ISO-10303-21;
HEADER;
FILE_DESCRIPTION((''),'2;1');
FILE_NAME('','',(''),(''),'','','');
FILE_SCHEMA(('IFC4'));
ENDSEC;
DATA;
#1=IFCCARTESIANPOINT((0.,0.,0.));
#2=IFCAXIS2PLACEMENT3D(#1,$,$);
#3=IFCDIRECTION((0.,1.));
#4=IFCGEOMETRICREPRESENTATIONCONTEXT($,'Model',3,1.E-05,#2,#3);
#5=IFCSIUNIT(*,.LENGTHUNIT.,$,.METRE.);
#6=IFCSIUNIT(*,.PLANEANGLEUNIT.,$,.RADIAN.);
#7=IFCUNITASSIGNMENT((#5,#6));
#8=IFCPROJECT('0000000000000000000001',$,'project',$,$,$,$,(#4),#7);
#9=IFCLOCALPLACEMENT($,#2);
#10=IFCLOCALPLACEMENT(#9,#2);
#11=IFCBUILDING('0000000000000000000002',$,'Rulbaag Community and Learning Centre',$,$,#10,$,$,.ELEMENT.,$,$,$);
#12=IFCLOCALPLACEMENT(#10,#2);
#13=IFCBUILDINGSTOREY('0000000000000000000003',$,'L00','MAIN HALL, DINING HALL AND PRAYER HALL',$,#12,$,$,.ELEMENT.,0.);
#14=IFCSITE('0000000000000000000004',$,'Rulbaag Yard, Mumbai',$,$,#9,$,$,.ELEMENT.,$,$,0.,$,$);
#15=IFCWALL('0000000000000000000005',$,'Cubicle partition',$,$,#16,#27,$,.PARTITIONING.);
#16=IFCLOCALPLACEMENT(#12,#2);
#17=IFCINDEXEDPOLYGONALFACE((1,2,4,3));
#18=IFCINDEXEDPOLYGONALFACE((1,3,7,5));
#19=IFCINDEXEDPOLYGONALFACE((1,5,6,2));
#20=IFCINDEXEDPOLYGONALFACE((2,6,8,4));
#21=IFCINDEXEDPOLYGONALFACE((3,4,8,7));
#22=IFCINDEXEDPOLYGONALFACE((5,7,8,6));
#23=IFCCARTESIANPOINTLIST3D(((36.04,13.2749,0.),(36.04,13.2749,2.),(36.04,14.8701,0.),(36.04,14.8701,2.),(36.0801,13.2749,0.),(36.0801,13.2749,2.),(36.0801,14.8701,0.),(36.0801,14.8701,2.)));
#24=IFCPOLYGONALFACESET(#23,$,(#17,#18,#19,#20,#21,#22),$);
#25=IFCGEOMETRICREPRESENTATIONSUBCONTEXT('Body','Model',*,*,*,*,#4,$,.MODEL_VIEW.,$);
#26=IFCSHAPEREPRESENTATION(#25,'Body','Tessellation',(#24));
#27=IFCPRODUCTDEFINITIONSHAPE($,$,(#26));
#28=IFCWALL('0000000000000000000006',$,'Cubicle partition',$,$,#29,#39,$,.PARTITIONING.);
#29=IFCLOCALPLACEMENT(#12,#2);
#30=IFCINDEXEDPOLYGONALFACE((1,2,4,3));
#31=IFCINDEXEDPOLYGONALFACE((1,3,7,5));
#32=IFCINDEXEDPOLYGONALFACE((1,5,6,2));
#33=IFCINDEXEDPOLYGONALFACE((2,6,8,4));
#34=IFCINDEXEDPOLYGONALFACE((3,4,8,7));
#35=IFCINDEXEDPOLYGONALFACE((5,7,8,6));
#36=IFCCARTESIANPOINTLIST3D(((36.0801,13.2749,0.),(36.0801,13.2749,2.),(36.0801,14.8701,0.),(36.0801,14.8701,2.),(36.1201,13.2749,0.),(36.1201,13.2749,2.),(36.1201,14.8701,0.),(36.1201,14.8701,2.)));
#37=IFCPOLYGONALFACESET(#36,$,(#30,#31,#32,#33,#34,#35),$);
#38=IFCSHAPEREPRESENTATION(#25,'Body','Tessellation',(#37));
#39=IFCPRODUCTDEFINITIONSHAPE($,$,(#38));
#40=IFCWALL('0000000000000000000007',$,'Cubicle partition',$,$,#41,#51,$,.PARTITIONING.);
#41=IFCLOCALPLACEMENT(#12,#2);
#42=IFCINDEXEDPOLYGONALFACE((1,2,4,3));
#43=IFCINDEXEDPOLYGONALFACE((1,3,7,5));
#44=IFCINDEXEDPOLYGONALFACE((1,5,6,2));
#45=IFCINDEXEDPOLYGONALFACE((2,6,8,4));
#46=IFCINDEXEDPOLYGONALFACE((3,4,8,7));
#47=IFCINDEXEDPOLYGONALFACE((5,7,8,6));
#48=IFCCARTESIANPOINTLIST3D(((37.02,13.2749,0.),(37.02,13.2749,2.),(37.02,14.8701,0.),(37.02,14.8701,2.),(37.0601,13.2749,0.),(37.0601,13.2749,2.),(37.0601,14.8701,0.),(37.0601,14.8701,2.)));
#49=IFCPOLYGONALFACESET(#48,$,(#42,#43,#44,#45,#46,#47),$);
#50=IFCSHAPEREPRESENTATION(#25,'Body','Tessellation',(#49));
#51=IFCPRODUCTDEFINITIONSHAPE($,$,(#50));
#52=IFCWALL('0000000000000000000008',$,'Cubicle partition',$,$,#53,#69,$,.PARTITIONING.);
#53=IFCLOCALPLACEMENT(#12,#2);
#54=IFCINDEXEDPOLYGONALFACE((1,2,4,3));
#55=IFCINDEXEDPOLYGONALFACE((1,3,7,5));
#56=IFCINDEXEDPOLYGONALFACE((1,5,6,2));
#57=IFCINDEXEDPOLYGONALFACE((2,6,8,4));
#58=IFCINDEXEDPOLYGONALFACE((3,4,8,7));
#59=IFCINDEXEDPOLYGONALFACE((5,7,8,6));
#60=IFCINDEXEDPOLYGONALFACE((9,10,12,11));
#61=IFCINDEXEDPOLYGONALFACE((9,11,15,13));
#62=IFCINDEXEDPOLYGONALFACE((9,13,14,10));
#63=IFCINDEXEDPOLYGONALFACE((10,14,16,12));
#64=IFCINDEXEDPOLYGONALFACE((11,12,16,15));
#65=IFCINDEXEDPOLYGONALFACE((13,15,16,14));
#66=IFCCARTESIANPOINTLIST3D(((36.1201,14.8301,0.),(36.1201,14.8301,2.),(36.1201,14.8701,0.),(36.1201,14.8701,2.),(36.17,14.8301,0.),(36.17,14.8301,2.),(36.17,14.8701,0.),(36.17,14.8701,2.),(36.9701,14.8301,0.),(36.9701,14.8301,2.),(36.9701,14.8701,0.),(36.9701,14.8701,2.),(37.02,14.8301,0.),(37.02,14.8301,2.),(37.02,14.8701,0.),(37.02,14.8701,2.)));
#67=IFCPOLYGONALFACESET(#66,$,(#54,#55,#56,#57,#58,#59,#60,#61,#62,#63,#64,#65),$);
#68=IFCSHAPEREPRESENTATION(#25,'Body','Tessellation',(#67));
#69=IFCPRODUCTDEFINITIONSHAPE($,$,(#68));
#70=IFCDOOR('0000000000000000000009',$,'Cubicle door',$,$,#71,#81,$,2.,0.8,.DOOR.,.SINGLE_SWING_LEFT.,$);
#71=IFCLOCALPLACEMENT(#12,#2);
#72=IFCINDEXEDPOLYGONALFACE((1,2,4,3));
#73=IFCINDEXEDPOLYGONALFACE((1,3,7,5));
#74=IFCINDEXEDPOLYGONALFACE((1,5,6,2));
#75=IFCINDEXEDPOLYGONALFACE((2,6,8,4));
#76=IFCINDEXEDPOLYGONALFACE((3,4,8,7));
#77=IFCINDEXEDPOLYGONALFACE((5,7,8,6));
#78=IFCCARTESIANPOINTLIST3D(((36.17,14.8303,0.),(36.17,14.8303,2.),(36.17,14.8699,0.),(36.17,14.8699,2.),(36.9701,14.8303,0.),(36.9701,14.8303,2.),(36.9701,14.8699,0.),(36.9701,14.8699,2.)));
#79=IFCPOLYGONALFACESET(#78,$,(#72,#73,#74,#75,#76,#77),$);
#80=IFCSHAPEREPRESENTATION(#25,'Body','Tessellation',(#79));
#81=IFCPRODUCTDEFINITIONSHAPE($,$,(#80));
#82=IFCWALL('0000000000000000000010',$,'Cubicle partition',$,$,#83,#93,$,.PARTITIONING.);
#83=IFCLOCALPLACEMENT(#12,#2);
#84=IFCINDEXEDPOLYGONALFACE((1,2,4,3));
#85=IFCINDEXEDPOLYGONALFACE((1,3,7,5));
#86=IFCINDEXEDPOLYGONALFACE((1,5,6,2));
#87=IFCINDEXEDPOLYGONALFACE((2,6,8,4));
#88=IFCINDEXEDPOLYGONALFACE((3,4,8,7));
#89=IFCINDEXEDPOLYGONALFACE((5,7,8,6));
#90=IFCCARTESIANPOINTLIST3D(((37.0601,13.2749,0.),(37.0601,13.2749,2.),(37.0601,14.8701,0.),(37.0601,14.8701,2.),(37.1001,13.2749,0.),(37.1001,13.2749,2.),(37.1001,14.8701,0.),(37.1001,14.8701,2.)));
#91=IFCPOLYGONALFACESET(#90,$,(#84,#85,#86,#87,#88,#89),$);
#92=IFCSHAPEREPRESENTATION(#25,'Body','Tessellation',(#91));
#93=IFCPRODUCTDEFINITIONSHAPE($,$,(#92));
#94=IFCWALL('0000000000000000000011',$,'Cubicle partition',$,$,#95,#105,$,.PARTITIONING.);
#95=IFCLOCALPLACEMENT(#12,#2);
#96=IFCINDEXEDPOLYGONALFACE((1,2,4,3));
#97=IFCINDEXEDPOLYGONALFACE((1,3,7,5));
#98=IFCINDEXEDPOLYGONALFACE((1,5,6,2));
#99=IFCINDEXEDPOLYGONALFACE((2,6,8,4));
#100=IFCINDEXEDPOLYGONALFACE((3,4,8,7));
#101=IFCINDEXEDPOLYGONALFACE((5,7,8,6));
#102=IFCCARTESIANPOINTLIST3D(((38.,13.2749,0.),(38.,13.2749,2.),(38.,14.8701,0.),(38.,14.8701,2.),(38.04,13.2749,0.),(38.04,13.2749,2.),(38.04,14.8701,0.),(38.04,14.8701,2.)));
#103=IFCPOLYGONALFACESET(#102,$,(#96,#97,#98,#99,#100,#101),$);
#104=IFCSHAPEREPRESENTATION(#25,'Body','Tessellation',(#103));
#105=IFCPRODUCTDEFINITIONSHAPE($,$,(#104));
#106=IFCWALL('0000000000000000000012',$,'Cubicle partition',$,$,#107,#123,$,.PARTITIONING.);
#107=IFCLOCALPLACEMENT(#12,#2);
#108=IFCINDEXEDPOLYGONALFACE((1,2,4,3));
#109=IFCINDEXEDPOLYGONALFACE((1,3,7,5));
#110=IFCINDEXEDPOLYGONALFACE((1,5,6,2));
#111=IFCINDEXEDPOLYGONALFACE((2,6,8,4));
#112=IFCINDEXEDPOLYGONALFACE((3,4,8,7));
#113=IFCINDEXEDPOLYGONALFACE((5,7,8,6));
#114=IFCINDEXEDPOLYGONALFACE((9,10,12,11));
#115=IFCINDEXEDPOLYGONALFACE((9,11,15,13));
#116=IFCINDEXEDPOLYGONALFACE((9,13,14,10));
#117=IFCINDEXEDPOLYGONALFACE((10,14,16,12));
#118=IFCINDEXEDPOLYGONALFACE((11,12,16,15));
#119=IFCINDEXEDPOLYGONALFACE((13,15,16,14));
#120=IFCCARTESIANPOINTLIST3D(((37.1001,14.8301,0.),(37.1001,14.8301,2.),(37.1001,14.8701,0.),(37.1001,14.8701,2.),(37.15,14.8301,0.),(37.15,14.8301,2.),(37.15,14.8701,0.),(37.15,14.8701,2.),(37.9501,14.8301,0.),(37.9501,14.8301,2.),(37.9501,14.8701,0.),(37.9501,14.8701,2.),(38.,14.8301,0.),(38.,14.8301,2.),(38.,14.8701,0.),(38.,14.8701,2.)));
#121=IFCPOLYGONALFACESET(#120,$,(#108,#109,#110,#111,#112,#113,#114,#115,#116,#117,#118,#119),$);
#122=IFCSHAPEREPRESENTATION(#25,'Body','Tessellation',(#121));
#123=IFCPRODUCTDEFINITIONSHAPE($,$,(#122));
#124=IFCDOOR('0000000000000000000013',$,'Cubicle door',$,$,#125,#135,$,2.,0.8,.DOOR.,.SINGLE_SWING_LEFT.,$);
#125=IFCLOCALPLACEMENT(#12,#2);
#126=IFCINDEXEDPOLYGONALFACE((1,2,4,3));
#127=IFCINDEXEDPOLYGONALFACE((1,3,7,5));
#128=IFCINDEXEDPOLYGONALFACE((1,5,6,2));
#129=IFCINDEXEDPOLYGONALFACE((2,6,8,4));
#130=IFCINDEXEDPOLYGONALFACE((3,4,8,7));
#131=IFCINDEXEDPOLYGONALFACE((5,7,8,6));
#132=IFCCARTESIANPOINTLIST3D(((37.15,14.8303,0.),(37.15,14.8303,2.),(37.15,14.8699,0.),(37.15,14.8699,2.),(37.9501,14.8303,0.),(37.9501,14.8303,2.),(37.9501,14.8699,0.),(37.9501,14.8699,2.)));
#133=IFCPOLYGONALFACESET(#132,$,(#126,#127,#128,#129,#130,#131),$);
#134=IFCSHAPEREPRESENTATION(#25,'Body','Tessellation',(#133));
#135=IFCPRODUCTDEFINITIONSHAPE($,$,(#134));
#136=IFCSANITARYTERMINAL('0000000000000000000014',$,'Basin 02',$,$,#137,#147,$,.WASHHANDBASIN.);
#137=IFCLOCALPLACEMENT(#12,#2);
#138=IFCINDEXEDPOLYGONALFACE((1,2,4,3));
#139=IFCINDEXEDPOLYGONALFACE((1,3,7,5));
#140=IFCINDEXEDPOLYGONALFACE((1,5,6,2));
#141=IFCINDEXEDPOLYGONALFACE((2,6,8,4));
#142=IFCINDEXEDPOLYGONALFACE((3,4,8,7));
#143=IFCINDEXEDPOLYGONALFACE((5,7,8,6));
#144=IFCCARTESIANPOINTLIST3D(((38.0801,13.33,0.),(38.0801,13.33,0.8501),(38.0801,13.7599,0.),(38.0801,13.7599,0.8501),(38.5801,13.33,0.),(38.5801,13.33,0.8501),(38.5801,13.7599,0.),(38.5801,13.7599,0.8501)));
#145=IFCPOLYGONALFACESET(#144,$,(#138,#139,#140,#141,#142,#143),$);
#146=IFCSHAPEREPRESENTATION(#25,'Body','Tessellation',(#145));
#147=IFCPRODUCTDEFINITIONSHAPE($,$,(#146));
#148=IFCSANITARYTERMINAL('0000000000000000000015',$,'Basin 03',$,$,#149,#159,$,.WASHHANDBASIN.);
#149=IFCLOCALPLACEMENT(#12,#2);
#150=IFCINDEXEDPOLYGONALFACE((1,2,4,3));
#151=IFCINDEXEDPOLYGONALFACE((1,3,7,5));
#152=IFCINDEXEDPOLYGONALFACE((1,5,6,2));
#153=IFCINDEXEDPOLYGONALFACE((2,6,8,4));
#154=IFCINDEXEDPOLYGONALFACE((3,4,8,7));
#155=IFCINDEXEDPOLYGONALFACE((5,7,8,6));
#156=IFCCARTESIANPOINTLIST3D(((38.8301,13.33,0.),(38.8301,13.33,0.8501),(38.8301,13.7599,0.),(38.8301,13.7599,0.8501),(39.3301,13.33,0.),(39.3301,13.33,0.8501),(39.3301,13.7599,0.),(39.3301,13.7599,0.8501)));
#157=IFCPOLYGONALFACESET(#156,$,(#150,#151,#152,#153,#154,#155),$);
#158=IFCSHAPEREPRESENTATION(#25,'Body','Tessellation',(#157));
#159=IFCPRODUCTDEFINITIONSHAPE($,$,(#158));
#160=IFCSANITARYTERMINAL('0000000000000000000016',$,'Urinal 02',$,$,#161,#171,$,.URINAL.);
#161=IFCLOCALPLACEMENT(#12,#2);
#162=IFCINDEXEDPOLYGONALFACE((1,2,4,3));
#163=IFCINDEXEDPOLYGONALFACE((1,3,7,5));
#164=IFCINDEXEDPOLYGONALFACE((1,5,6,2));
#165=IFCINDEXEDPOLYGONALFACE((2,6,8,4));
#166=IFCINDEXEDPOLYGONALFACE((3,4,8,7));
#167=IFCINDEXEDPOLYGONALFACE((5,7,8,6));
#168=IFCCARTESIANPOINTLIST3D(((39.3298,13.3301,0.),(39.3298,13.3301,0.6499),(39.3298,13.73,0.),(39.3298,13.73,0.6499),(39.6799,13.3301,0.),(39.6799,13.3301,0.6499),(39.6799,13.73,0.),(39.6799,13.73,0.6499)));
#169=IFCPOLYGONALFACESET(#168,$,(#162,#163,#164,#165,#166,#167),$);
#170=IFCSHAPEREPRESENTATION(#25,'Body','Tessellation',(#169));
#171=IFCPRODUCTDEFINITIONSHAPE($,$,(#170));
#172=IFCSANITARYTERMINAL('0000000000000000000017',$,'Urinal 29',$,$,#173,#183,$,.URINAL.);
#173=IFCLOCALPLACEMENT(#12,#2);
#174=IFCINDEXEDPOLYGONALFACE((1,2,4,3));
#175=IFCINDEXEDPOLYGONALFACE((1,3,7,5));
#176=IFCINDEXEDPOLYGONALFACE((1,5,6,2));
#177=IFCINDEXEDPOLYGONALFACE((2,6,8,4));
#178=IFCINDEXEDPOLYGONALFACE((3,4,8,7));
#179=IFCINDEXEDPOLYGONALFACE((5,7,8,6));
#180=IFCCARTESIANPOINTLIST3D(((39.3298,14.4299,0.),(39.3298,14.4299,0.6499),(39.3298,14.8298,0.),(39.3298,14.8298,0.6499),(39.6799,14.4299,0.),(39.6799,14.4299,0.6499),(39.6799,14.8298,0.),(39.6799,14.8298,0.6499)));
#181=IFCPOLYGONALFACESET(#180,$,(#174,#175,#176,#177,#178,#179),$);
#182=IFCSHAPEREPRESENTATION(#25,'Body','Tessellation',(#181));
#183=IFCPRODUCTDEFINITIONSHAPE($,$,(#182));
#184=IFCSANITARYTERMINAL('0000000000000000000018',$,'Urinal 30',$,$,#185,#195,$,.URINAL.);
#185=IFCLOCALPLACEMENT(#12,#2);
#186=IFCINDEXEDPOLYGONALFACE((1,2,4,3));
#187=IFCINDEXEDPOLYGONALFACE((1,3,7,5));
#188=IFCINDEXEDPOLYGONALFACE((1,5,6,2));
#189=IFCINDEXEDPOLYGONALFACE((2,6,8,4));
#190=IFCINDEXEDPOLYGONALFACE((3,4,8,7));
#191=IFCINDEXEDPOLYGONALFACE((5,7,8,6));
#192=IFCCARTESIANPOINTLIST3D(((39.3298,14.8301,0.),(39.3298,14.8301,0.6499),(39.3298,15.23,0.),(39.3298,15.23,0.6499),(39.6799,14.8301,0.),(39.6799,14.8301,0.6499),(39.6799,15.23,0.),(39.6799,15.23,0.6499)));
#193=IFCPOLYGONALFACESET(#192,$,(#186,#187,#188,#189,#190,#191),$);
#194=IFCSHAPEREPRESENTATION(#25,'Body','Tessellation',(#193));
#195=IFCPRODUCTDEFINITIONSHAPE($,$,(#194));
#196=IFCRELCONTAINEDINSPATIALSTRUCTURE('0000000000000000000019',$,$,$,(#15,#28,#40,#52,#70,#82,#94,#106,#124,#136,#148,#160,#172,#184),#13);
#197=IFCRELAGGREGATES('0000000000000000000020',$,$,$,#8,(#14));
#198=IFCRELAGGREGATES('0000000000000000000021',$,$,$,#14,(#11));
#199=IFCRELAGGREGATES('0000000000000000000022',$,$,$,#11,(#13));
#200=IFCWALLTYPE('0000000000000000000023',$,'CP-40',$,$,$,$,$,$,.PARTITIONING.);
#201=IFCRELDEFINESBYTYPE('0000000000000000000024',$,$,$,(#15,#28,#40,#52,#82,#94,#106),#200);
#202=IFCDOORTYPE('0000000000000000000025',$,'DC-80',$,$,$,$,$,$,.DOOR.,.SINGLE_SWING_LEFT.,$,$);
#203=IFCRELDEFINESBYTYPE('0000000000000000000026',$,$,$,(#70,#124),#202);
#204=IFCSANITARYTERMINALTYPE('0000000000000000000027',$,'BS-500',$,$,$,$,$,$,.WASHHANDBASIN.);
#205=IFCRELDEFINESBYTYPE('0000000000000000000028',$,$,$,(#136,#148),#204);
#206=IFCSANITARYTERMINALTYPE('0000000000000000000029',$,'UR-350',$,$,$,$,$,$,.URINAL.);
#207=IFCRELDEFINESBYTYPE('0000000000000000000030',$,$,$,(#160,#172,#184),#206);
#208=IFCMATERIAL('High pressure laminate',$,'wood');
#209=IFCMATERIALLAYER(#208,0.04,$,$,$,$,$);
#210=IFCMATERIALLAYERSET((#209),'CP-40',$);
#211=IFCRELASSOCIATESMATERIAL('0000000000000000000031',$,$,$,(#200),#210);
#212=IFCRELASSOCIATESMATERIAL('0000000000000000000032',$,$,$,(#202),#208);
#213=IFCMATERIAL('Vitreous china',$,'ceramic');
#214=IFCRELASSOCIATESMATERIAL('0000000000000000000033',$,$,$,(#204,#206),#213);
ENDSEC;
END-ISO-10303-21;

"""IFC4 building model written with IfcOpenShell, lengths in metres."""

from ifc_helpers import new_model, si_unit, direction, frame, frame_2d, origin, origin_2d, place, context, subcontext, project, spatial, rectangle, extrude, material, layer, layer_set, type_object, element, fill, save


model = new_model("IFC4")

# Units and contexts
model_context = context("Model", 3, precision=1e-05, world=origin(), true_north=direction((0.0, 1.0)))
body_context = subcontext(model_context, "Body", "Model", "MODEL_VIEW")
ifc_project = project(units=[si_unit("LENGTHUNIT", "METRE"), si_unit("PLANEANGLEUNIT", "RADIAN")], contexts=[model_context])

# Site, building, storey
site_placement = place(None, origin())
site = spatial("IfcSite", under=ifc_project, at=site_placement, Name="Rulbaag Yard, Mumbai", CompositionType="ELEMENT", RefElevation=0.0)
building_placement = place(site_placement, origin())
building = spatial("IfcBuilding", under=site, at=building_placement, Name="Rulbaag Community and Learning Centre", CompositionType="ELEMENT")
storey_placement = place(building_placement, origin())
storey = spatial("IfcBuildingStorey", under=building, at=storey_placement, Name="L00", Description="MAIN HALL, DINING HALL AND PRAYER HALL", CompositionType="ELEMENT", Elevation=0.0)

# Walls
ifc_material_1 = material(Name="High pressure laminate", Category="wood")
ifc_layer = layer(ifc_material_1, 0.04)
ifc_layer_set = layer_set([ifc_layer], Name="CP-40")
wall_type = type_object("IfcWallType", Name="CP-40", PredefinedType="PARTITIONING", material=ifc_layer_set)
for number, where, z_axis, x_axis, name in (
    (1, (36.0601, 13.2749, 0.0), (0.0, 0.0, 1.0), (0.0, 1.0, 0.0), "Cubicle partition"),
    (2, (36.1001, 13.2749, 0.0), (0.0, 0.0, 1.0), (0.0, 1.0, 0.0), "Cubicle partition"),
    (3, (37.04, 13.2749, 0.0), (0.0, 0.0, 1.0), (0.0, 1.0, 0.0), "Cubicle partition"),
):
    element("IfcWall", number, at=place(storey_placement, frame(where, z_axis=z_axis, x_axis=x_axis)), inside=storey, type_object=wall_type, Name=name, PredefinedType="PARTITIONING", context=body_context, shape_type="SweptSolid", body=[
        extrude(rectangle(XDim=1.5952, YDim=0.04, at=frame_2d((0.7976, 0.0))), origin(), (0.0, 0.0, 1.0), 2.0),
    ])

# Wall, opening, door
wall_1_placement = place(storey_placement, frame((36.1201, 14.8501, 0.0), z_axis=(0.0, 0.0, 1.0), x_axis=(1.0, 0.0, 0.0)))
wall_1 = element("IfcWall", 4, at=wall_1_placement, inside=storey, type_object=wall_type, Name="Cubicle partition", PredefinedType="PARTITIONING", context=body_context, shape_type="SweptSolid", body=[
    extrude(rectangle(XDim=0.8999, YDim=0.04, at=frame_2d((0.45, 0.0))), origin(), (0.0, 0.0, 1.0), 2.0),
])
opening_1_placement = place(wall_1_placement, frame((0.05, 0.0, 0.0)))
opening_1 = element("IfcOpeningElement", 5, at=opening_1_placement, cuts=wall_1, PredefinedType="OPENING", context=body_context, shape_type="SweptSolid", body=[
    extrude(rectangle(XDim=0.8, YDim=2.0, at=frame_2d((0.3999, 1.0))), frame((0.0, 0.03, 0.0), z_axis=(0.0, -1.0, 0.0), x_axis=(1.0, 0.0, 0.0)), (0.0, 0.0, 1.0), 0.0601),
])
door_type = type_object("IfcDoorType", Name="DC-80", OperationType="SINGLE_SWING_LEFT", PredefinedType="DOOR", material=ifc_material_1)
door_1_placement = place(opening_1_placement, origin())
door_1 = element("IfcDoor", 6, at=door_1_placement, inside=storey, type_object=door_type, Name="Cubicle door", OperationType="SINGLE_SWING_LEFT", OverallHeight=2.0, OverallWidth=0.8, PredefinedType="DOOR", context=body_context, shape_type="SweptSolid", body=[
    extrude(rectangle(XDim=0.8, YDim=2.0, at=frame_2d((0.3999, 1.0))), frame((0.0, 0.0198, 0.0), z_axis=(0.0, -1.0, 0.0), x_axis=(1.0, 0.0, 0.0)), (0.0, 0.0, 1.0), 0.0396),
])
fill(opening_1, door_1)

# Walls
for number, where, z_axis, x_axis, name in (
    (7, (37.0801, 13.2749, 0.0), (0.0, 0.0, 1.0), (0.0, 1.0, 0.0), "Cubicle partition"),
    (8, (38.02, 13.2749, 0.0), (0.0, 0.0, 1.0), (0.0, 1.0, 0.0), "Cubicle partition"),
):
    element("IfcWall", number, at=place(storey_placement, frame(where, z_axis=z_axis, x_axis=x_axis)), inside=storey, type_object=wall_type, Name=name, PredefinedType="PARTITIONING", context=body_context, shape_type="SweptSolid", body=[
        extrude(rectangle(XDim=1.5952, YDim=0.04, at=frame_2d((0.7976, 0.0))), origin(), (0.0, 0.0, 1.0), 2.0),
    ])

# Wall, opening, door
wall_2_placement = place(storey_placement, frame((37.1001, 14.8501, 0.0), z_axis=(0.0, 0.0, 1.0), x_axis=(1.0, 0.0, 0.0)))
wall_2 = element("IfcWall", 9, at=wall_2_placement, inside=storey, type_object=wall_type, Name="Cubicle partition", PredefinedType="PARTITIONING", context=body_context, shape_type="SweptSolid", body=[
    extrude(rectangle(XDim=0.8999, YDim=0.04, at=frame_2d((0.45, 0.0))), origin(), (0.0, 0.0, 1.0), 2.0),
])
opening_2_placement = place(wall_2_placement, frame((0.05, 0.0, 0.0)))
opening_2 = element("IfcOpeningElement", 10, at=opening_2_placement, cuts=wall_2, PredefinedType="OPENING", context=body_context, shape_type="SweptSolid", body=[
    extrude(rectangle(XDim=0.8, YDim=2.0, at=frame_2d((0.3999, 1.0))), frame((0.0, 0.03, 0.0), z_axis=(0.0, -1.0, 0.0), x_axis=(1.0, 0.0, 0.0)), (0.0, 0.0, 1.0), 0.0601),
])
door_2_placement = place(opening_2_placement, origin())
door_2 = element("IfcDoor", 11, at=door_2_placement, inside=storey, type_object=door_type, Name="Cubicle door", OperationType="SINGLE_SWING_LEFT", OverallHeight=2.0, OverallWidth=0.8, PredefinedType="DOOR", context=body_context, shape_type="SweptSolid", body=[
    extrude(rectangle(XDim=0.8, YDim=2.0, at=frame_2d((0.3999, 1.0))), frame((0.0, 0.0198, 0.0), z_axis=(0.0, -1.0, 0.0), x_axis=(1.0, 0.0, 0.0)), (0.0, 0.0, 1.0), 0.0396),
])
fill(opening_2, door_2)

# Sanitary terminals
ifc_material_2 = material(Name="Vitreous china", Category="ceramic")
sanitary_terminal_type_1 = type_object("IfcSanitaryTerminalType", Name="BS-500", PredefinedType="WASHHANDBASIN", material=ifc_material_2)
for number, where, z_axis, x_axis, name in (
    (12, (38.3301, 13.5449, 0.0), (0.0, 0.0, 1.0), (1.0, 0.0, 0.0), "Basin 02"),
    (13, (39.0801, 13.5449, 0.0), (0.0, 0.0, 1.0), (1.0, 0.0, 0.0), "Basin 03"),
):
    element("IfcSanitaryTerminal", number, at=place(storey_placement, frame(where, z_axis=z_axis, x_axis=x_axis)), inside=storey, type_object=sanitary_terminal_type_1, Name=name, PredefinedType="WASHHANDBASIN", context=body_context, shape_type="SweptSolid", body=[
        extrude(rectangle(XDim=0.5, YDim=0.4299, at=origin_2d()), origin(), (0.0, 0.0, 1.0), 0.8501),
    ])
sanitary_terminal_type_2 = type_object("IfcSanitaryTerminalType", Name="UR-350", PredefinedType="URINAL", material=ifc_material_2)
for number, where, z_axis, x_axis, name in (
    (14, (39.5049, 13.53, 0.0), (0.0, 0.0, 1.0), (1.0, 0.0, 0.0), "Urinal 02"),
    (15, (39.5049, 14.6299, 0.0), (0.0, 0.0, 1.0), (1.0, 0.0, 0.0), "Urinal 29"),
    (16, (39.5049, 15.03, 0.0), (0.0, 0.0, 1.0), (1.0, 0.0, 0.0), "Urinal 30"),
):
    element("IfcSanitaryTerminal", number, at=place(storey_placement, frame(where, z_axis=z_axis, x_axis=x_axis)), inside=storey, type_object=sanitary_terminal_type_2, Name=name, PredefinedType="URINAL", context=body_context, shape_type="SweptSolid", body=[
        extrude(rectangle(XDim=0.3501, YDim=0.3999, at=origin_2d()), origin(), (0.0, 0.0, 1.0), 0.6499),
    ])

save(model, "model.ifc")
